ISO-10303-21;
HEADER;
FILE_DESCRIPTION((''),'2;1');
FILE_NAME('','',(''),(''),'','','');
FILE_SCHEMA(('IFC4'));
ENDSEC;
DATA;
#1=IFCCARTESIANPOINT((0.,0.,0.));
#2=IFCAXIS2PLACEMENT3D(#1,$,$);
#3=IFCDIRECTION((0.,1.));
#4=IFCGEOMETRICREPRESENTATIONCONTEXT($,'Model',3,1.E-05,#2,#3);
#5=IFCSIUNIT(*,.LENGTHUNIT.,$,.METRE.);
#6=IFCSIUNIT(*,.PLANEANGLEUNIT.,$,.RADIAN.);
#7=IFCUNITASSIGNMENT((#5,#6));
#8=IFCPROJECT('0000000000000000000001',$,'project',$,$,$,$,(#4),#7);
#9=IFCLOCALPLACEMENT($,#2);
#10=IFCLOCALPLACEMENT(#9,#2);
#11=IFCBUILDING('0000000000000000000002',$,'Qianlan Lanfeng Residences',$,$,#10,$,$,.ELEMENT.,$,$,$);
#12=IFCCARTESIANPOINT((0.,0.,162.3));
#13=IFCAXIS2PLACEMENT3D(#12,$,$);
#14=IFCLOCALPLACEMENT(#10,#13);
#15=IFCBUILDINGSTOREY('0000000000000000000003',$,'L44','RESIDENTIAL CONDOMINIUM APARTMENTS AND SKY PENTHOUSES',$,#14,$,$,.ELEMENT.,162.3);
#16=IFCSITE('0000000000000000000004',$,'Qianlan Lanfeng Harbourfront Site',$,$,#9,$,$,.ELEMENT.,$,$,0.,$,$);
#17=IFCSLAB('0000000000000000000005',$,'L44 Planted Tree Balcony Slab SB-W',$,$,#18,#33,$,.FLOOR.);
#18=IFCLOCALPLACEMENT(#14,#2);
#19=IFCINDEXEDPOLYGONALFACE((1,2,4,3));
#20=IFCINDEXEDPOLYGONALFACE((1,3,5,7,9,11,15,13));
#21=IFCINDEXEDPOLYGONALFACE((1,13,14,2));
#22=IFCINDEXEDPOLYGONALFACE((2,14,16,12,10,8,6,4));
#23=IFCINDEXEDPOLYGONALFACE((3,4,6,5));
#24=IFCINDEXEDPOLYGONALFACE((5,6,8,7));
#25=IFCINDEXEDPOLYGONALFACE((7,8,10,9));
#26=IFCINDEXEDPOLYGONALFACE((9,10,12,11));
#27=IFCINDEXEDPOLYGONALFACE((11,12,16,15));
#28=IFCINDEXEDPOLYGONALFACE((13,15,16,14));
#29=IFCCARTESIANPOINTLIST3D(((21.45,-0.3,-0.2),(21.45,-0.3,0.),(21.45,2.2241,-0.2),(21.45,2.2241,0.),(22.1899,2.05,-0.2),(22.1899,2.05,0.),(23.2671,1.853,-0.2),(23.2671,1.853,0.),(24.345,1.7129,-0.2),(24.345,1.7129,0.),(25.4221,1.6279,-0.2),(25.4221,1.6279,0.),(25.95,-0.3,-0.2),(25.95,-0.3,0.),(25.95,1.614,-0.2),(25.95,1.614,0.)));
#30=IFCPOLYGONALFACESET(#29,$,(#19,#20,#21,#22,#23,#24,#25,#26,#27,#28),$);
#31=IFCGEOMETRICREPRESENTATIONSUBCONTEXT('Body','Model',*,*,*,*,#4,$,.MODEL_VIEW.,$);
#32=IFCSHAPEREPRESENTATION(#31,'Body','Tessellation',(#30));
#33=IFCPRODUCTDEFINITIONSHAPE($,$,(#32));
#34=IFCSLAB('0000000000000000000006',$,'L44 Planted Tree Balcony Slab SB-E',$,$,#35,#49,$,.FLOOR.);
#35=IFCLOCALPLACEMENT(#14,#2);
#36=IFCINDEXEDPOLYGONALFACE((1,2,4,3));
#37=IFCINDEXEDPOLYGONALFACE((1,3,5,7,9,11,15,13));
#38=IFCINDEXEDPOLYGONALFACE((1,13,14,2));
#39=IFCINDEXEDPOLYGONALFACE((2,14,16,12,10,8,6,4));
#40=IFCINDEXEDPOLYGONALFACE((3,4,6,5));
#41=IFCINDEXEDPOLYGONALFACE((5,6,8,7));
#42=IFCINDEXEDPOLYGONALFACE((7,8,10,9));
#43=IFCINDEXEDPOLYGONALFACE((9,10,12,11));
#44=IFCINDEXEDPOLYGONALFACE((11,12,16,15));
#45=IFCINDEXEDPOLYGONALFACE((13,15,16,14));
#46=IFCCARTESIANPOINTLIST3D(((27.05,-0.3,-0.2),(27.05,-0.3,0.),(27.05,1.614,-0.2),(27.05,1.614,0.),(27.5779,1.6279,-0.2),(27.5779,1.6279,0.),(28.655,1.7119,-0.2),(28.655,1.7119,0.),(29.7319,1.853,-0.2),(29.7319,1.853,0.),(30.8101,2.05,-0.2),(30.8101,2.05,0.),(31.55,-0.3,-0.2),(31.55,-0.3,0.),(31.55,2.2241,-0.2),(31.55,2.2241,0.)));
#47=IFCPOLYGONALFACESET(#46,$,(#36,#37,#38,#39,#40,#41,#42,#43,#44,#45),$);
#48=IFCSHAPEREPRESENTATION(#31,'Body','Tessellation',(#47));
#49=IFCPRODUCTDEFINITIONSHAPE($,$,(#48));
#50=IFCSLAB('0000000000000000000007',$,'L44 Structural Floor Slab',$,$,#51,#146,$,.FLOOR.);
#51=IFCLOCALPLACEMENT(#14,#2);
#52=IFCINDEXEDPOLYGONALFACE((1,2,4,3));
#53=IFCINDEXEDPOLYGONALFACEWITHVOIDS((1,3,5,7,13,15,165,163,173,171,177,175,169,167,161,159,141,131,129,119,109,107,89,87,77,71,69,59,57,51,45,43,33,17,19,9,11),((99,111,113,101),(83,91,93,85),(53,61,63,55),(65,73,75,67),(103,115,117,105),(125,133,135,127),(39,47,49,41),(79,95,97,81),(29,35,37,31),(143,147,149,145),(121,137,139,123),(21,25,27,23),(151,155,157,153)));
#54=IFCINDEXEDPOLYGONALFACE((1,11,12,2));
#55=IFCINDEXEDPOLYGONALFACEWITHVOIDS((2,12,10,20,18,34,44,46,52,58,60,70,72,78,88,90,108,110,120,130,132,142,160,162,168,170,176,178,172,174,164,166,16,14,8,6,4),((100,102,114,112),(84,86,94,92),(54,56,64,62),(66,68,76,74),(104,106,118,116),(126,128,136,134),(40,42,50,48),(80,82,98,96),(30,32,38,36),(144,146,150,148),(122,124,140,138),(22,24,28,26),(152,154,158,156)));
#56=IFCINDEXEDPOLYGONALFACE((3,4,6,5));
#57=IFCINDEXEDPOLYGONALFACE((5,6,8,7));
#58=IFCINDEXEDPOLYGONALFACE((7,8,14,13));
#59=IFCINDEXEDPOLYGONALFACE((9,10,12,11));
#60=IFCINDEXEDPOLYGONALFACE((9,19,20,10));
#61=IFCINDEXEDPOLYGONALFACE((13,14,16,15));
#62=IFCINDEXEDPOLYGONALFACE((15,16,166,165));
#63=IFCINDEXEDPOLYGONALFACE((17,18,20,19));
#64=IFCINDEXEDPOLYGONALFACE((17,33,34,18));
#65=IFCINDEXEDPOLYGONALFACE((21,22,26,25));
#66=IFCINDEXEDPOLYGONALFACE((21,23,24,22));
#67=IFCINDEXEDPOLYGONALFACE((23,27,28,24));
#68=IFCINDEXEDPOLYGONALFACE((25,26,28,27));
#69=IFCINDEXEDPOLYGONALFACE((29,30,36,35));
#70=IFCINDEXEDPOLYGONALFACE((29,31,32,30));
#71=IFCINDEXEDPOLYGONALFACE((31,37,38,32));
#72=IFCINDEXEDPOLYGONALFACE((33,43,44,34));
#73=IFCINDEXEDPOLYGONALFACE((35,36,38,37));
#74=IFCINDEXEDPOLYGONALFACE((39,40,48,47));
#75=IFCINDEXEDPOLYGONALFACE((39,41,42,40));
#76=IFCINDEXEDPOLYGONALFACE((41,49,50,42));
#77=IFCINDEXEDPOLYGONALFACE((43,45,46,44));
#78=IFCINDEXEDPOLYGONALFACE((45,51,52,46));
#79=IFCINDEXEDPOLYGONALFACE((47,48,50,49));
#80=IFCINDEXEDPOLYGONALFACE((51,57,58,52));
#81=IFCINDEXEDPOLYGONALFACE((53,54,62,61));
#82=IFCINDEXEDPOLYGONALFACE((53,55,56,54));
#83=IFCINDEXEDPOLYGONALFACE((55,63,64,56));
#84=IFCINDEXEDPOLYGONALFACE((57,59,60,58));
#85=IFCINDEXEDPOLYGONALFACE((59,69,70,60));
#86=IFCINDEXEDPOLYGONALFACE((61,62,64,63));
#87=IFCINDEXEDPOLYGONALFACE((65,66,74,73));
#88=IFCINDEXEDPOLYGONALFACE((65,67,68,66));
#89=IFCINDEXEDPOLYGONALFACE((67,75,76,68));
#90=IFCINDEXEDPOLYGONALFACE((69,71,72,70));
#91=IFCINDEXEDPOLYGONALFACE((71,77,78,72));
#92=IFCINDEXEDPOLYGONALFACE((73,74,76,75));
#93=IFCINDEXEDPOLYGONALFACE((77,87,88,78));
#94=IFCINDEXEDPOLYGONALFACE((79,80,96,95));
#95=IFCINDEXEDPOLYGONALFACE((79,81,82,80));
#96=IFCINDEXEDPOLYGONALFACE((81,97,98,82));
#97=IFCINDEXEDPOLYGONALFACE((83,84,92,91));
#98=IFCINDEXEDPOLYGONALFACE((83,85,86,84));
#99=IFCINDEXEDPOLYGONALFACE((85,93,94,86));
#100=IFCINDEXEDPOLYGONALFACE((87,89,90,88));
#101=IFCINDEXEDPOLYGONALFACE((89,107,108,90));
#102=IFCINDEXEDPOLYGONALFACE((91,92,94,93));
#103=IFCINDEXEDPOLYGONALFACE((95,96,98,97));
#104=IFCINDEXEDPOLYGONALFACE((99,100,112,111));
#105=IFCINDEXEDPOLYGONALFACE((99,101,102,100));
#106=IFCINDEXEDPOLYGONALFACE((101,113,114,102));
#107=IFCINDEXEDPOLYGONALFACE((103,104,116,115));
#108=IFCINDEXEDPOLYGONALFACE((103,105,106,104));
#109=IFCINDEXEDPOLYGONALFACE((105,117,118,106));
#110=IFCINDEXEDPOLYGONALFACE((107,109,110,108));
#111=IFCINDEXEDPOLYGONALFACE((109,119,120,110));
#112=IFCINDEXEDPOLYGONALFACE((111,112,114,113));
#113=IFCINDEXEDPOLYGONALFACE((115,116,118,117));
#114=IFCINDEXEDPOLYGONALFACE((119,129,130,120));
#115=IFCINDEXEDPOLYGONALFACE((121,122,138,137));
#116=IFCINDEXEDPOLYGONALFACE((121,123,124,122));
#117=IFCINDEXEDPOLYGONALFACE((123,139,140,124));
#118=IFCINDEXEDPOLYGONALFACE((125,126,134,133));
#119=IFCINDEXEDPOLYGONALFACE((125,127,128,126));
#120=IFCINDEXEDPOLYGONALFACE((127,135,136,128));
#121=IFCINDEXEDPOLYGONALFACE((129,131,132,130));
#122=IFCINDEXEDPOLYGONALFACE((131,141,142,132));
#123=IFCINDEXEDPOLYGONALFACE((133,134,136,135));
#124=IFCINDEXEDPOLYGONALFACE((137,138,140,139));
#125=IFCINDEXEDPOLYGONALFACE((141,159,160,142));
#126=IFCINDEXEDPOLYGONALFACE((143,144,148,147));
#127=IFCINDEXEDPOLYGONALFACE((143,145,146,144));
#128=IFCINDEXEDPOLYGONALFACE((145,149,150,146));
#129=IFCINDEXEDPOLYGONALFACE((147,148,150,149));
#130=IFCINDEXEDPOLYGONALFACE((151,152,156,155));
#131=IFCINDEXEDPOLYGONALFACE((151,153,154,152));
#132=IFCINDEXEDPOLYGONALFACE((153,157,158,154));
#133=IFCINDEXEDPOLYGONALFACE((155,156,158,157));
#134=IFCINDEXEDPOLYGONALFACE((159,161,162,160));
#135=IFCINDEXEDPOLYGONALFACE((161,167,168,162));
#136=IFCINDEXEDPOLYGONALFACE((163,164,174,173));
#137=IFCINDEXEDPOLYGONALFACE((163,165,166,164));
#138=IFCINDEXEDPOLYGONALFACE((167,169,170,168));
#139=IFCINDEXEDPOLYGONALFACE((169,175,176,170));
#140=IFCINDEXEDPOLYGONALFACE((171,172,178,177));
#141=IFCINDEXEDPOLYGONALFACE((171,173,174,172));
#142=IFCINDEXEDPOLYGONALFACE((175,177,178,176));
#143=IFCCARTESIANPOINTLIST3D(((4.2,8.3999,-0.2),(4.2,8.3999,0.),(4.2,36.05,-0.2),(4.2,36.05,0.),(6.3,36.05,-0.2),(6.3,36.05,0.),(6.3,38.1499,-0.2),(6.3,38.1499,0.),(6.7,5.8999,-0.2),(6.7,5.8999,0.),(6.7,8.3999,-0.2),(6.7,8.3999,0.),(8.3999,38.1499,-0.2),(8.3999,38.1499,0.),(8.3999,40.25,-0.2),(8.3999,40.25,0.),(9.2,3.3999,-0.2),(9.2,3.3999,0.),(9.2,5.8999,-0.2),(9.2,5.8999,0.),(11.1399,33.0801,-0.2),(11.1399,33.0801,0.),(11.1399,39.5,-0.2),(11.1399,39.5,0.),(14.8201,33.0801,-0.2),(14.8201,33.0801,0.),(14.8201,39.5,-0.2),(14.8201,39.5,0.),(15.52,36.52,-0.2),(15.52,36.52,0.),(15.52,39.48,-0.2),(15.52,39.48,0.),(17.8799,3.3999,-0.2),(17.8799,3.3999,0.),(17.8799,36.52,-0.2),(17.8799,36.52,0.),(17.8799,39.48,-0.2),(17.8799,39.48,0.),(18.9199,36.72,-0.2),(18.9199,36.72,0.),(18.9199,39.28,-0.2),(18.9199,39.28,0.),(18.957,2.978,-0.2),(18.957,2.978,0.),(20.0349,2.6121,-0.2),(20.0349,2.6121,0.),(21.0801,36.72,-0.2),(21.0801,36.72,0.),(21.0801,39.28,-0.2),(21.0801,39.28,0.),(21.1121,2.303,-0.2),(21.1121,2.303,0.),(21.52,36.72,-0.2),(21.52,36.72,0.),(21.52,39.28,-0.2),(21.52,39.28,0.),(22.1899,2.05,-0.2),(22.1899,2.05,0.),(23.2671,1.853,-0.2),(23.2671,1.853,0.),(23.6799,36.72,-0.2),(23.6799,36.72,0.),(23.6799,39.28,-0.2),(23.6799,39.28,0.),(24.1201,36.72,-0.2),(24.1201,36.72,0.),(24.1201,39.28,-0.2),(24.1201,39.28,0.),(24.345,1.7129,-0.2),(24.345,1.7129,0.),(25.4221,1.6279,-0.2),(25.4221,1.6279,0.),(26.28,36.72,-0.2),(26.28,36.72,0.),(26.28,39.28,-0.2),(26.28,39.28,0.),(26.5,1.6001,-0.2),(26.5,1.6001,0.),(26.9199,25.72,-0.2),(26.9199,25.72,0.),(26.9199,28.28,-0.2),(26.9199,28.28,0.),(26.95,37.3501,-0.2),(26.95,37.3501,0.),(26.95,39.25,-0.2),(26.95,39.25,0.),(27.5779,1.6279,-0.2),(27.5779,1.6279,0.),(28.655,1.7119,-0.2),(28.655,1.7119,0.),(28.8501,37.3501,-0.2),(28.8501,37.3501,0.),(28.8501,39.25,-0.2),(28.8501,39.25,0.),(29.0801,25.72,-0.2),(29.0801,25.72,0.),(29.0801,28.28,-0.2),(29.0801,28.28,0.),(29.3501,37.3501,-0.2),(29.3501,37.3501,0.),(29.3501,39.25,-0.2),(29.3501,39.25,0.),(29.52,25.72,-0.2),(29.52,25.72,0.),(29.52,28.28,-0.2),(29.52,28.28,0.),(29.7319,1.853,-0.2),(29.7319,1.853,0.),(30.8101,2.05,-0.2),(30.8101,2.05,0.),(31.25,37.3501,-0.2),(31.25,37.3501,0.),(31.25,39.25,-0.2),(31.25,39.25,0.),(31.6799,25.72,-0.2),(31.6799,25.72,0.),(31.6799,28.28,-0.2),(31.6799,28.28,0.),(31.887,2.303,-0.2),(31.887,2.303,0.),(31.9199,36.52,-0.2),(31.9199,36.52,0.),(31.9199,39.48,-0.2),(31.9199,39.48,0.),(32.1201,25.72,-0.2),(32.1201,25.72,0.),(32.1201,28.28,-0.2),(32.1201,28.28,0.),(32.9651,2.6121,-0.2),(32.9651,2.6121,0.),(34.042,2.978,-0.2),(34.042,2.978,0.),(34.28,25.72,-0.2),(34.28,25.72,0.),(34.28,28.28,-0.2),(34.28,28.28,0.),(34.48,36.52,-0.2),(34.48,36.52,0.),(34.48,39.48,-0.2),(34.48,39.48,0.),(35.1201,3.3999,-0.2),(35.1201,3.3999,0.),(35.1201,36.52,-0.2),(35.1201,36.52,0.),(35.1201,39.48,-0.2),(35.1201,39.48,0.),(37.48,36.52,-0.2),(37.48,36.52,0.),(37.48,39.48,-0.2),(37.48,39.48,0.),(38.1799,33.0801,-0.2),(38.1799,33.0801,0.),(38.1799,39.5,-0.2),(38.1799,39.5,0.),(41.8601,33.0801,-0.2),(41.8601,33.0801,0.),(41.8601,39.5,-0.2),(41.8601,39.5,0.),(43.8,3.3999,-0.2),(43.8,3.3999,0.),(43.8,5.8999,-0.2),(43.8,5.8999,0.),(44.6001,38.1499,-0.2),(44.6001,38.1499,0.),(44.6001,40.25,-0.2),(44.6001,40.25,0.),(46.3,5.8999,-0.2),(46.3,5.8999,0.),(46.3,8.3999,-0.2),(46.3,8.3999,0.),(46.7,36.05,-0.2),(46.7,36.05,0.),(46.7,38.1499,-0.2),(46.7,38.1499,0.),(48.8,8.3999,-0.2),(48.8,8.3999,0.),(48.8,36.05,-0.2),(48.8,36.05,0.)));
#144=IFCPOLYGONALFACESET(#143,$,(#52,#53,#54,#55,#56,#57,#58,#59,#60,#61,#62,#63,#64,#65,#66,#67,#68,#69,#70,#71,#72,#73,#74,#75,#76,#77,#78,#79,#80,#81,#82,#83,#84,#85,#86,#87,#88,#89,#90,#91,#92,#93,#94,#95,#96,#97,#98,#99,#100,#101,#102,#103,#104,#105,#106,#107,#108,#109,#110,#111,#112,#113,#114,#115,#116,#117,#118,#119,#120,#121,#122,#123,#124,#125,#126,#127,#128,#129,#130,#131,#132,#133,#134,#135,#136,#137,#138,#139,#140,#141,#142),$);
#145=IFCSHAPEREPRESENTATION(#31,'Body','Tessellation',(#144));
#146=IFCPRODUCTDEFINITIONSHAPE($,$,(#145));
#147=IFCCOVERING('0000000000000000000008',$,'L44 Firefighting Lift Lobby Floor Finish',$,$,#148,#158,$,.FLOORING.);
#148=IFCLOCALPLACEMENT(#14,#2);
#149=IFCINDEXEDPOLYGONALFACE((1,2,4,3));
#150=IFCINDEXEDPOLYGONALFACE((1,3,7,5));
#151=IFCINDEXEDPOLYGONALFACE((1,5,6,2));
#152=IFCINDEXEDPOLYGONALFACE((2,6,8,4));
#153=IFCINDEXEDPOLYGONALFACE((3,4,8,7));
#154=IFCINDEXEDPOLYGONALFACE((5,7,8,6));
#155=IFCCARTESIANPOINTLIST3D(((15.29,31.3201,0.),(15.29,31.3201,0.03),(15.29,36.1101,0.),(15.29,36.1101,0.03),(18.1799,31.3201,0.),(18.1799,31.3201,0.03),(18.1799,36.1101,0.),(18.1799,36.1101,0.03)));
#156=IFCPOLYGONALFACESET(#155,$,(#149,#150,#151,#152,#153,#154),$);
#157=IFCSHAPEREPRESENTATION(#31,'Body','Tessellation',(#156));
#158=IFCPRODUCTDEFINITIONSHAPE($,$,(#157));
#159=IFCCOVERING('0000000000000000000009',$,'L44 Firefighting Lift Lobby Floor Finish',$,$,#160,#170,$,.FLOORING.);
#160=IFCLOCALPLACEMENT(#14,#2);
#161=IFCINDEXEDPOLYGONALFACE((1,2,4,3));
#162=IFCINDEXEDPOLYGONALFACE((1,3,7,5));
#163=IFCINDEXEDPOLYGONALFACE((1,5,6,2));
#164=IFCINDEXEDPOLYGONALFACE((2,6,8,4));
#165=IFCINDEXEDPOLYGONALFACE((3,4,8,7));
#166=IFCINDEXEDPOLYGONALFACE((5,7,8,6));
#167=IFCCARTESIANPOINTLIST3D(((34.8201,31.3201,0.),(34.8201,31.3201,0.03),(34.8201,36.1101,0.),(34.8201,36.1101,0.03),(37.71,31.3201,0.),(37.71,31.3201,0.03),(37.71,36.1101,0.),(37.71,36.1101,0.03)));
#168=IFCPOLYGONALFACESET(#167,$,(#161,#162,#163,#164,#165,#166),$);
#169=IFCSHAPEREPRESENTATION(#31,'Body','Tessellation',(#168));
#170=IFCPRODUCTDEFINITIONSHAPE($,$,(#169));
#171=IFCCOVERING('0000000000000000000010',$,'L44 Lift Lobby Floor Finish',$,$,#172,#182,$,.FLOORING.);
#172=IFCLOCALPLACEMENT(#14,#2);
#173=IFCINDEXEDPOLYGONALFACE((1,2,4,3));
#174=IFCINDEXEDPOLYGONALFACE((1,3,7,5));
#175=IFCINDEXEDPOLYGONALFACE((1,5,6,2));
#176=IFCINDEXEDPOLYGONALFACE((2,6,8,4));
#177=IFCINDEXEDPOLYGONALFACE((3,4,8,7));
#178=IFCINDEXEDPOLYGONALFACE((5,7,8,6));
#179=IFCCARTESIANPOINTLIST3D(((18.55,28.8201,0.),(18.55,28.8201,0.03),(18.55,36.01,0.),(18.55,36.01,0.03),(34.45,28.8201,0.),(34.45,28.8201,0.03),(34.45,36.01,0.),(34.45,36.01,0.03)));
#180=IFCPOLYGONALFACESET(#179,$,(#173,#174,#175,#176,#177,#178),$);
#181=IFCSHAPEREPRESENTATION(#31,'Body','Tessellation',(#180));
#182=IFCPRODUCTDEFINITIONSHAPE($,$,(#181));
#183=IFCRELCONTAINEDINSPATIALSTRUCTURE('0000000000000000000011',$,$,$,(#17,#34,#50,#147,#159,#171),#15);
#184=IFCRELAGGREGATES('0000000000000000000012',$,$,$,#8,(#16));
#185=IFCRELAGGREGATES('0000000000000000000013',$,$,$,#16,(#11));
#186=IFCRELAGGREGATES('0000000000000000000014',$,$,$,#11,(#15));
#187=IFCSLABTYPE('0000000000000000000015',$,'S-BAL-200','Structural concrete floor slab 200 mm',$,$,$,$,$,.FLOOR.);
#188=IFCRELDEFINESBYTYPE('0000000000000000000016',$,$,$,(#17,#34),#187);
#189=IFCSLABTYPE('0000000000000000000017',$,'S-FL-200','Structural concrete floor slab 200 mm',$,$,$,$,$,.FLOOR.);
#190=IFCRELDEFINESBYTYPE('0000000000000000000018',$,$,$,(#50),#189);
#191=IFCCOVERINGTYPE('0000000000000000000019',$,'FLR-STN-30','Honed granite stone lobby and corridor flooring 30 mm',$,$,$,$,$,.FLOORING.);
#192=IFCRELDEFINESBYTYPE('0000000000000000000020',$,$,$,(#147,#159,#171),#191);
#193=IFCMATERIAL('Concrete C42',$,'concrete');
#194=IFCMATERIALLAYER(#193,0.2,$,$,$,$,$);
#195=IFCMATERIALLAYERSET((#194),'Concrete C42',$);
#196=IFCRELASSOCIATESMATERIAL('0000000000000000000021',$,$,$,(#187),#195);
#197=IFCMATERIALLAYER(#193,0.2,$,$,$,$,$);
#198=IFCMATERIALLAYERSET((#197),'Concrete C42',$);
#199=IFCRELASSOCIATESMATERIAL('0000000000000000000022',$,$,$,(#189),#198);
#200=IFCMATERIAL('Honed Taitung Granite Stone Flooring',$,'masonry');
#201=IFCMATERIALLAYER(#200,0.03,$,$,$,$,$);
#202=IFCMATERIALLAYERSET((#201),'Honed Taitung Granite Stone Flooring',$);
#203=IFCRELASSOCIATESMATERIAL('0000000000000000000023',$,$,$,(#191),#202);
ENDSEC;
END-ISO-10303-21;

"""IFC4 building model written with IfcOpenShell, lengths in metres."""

from ifc_helpers import new_model, si_unit, direction, frame, origin, place, context, subcontext, project, spatial, polyline, outline, extrude, material, layer, layer_set, type_object, element, save


model = new_model("IFC4")

# Units and contexts
model_context = context("Model", 3, precision=1e-05, world=origin(), true_north=direction((0.0, 1.0)))
body_context = subcontext(model_context, "Body", "Model", "MODEL_VIEW")
ifc_project = project(units=[si_unit("LENGTHUNIT", "METRE"), si_unit("PLANEANGLEUNIT", "RADIAN")], contexts=[model_context])

# Site, building, storey
site_placement = place(None, origin())
site = spatial("IfcSite", under=ifc_project, at=site_placement, Name="Qianlan Lanfeng Harbourfront Site", CompositionType="ELEMENT", RefElevation=0.0)
building_placement = place(site_placement, origin())
building = spatial("IfcBuilding", under=site, at=building_placement, Name="Qianlan Lanfeng Residences", CompositionType="ELEMENT")
storey_placement = place(building_placement, frame((0.0, 0.0, 162.3)))
storey = spatial("IfcBuildingStorey", under=building, at=storey_placement, Name="L44", Description="RESIDENTIAL CONDOMINIUM APARTMENTS AND SKY PENTHOUSES", CompositionType="ELEMENT", Elevation=162.3)

# Slabs
ifc_material_1 = material(Name="Concrete C42", Category="concrete")
ifc_layer_1 = layer(ifc_material_1, 0.2)
ifc_layer_set_1 = layer_set([ifc_layer_1], Name="Concrete C42")
slab_type_1 = type_object("IfcSlabType", Name="S-BAL-200", Description="Structural concrete floor slab 200 mm", PredefinedType="FLOOR", material=ifc_layer_set_1)
slab_1_placement = place(storey_placement, frame((0.0, 0.0, -0.2)))
element("IfcSlab", 1, at=slab_1_placement, inside=storey, type_object=slab_type_1, Name="L44 Planted Tree Balcony Slab SB-W", PredefinedType="FLOOR", context=body_context, shape_type="SweptSolid", body=[
    extrude(outline(polyline([(25.95, 1.614), (25.4221, 1.6279), (24.345, 1.7129), (23.2671, 1.853), (22.1899, 2.05), (21.45, 2.2241), (21.45, -0.3), (25.95, -0.3), (25.95, 1.614)])), origin(), (0.0, 0.0, 1.0), 0.2),
])
slab_2_placement = place(storey_placement, frame((0.0, 0.0, -0.2)))
element("IfcSlab", 2, at=slab_2_placement, inside=storey, type_object=slab_type_1, Name="L44 Planted Tree Balcony Slab SB-E", PredefinedType="FLOOR", context=body_context, shape_type="SweptSolid", body=[
    extrude(outline(polyline([(31.55, 2.2241), (30.8101, 2.05), (29.7319, 1.853), (28.655, 1.7119), (27.5779, 1.6279), (27.05, 1.614), (27.05, -0.3), (31.55, -0.3), (31.55, 2.2241)])), origin(), (0.0, 0.0, 1.0), 0.2),
])
ifc_layer_2 = layer(ifc_material_1, 0.2)
ifc_layer_set_2 = layer_set([ifc_layer_2], Name="Concrete C42")
slab_type_2 = type_object("IfcSlabType", Name="S-FL-200", Description="Structural concrete floor slab 200 mm", PredefinedType="FLOOR", material=ifc_layer_set_2)
slab_3_placement = place(storey_placement, frame((0.0, 0.0, -0.2)))
element("IfcSlab", 3, at=slab_3_placement, inside=storey, type_object=slab_type_2, Name="L44 Structural Floor Slab", PredefinedType="FLOOR", context=body_context, shape_type="SweptSolid", body=[
    extrude(outline(polyline([(4.2, 8.3999), (6.7, 8.3999), (6.7, 5.8999), (9.2, 5.8999), (9.2, 3.3999), (17.8799, 3.3999), (18.957, 2.978), (20.0349, 2.6121), (21.1121, 2.303), (22.1899, 2.05), (23.2671, 1.853), (24.345, 1.7129), (25.4221, 1.6279), (26.5, 1.6001), (27.5779, 1.6279), (28.655, 1.7119), (29.7319, 1.853), (30.8101, 2.05), (31.887, 2.303), (32.9651, 2.6121), (34.042, 2.978), (35.1201, 3.3999), (43.8, 3.3999), (43.8, 5.8999), (46.3, 5.8999), (46.3, 8.3999), (48.8, 8.3999), (48.8, 36.05), (46.7, 36.05), (46.7, 38.1499), (44.6001, 38.1499), (44.6001, 40.25), (8.3999, 40.25), (8.3999, 38.1499), (6.3, 38.1499), (6.3, 36.05), (4.2, 36.05), (4.2, 8.3999)]), holes=[polyline([(11.1399, 33.0801), (11.1399, 39.5), (14.8201, 39.5), (14.8201, 33.0801), (11.1399, 33.0801)]), polyline([(38.1799, 33.0801), (38.1799, 39.5), (41.8601, 39.5), (41.8601, 33.0801), (38.1799, 33.0801)]), polyline([(15.52, 36.52), (15.52, 39.48), (17.8799, 39.48), (17.8799, 36.52), (15.52, 36.52)]), polyline([(35.1201, 36.52), (35.1201, 39.48), (37.48, 39.48), (37.48, 36.52), (35.1201, 36.52)]), polyline([(31.9199, 36.52), (31.9199, 39.48), (34.48, 39.48), (34.48, 36.52), (31.9199, 36.52)]), polyline([(26.9199, 25.72), (26.9199, 28.28), (29.0801, 28.28), (29.0801, 25.72), (26.9199, 25.72)]), polyline([(29.52, 25.72), (29.52, 28.28), (31.6799, 28.28), (31.6799, 25.72), (29.52, 25.72)]), polyline([(32.1201, 25.72), (32.1201, 28.28), (34.28, 28.28), (34.28, 25.72), (32.1201, 25.72)]), polyline([(18.9199, 36.72), (18.9199, 39.28), (21.0801, 39.28), (21.0801, 36.72), (18.9199, 36.72)]), polyline([(21.52, 36.72), (21.52, 39.28), (23.6799, 39.28), (23.6799, 36.72), (21.52, 36.72)]), polyline([(24.1201, 36.72), (24.1201, 39.28), (26.28, 39.28), (26.28, 36.72), (24.1201, 36.72)]), polyline([(26.95, 37.3501), (26.95, 39.25), (28.8501, 39.25), (28.8501, 37.3501), (26.95, 37.3501)]), polyline([(29.3501, 37.3501), (29.3501, 39.25), (31.25, 39.25), (31.25, 37.3501), (29.3501, 37.3501)])]), origin(), (0.0, 0.0, 1.0), 0.2),
])

# Coverings
ifc_material_2 = material(Name="Honed Taitung Granite Stone Flooring", Category="masonry")
ifc_layer_3 = layer(ifc_material_2, 0.03)
ifc_layer_set_3 = layer_set([ifc_layer_3], Name="Honed Taitung Granite Stone Flooring")
covering_type_1 = type_object("IfcCoveringType", Name="FLR-STN-30", Description="Honed granite stone lobby and corridor flooring 30 mm", PredefinedType="FLOORING", material=ifc_layer_set_3)
covering_1_placement = place(storey_placement, origin())
element("IfcCovering", 4, at=covering_1_placement, inside=storey, type_object=covering_type_1, Name="L44 Firefighting Lift Lobby Floor Finish", PredefinedType="FLOORING", context=body_context, shape_type="SweptSolid", body=[
    extrude(outline(polyline([(15.29, 31.3201), (18.1799, 31.3201), (18.1799, 36.1101), (15.29, 36.1101), (15.29, 31.3201)])), origin(), (0.0, 0.0, 1.0), 0.03),
])
covering_2_placement = place(storey_placement, origin())
element("IfcCovering", 5, at=covering_2_placement, inside=storey, type_object=covering_type_1, Name="L44 Firefighting Lift Lobby Floor Finish", PredefinedType="FLOORING", context=body_context, shape_type="SweptSolid", body=[
    extrude(outline(polyline([(34.8201, 31.3201), (37.71, 31.3201), (37.71, 36.1101), (34.8201, 36.1101), (34.8201, 31.3201)])), origin(), (0.0, 0.0, 1.0), 0.03),
])
covering_3_placement = place(storey_placement, origin())
element("IfcCovering", 6, at=covering_3_placement, inside=storey, type_object=covering_type_1, Name="L44 Lift Lobby Floor Finish", PredefinedType="FLOORING", context=body_context, shape_type="SweptSolid", body=[
    extrude(outline(polyline([(18.55, 28.8201), (34.45, 28.8201), (34.45, 36.01), (18.55, 36.01), (18.55, 28.8201)])), origin(), (0.0, 0.0, 1.0), 0.03),
])

save(model, "model.ifc")
